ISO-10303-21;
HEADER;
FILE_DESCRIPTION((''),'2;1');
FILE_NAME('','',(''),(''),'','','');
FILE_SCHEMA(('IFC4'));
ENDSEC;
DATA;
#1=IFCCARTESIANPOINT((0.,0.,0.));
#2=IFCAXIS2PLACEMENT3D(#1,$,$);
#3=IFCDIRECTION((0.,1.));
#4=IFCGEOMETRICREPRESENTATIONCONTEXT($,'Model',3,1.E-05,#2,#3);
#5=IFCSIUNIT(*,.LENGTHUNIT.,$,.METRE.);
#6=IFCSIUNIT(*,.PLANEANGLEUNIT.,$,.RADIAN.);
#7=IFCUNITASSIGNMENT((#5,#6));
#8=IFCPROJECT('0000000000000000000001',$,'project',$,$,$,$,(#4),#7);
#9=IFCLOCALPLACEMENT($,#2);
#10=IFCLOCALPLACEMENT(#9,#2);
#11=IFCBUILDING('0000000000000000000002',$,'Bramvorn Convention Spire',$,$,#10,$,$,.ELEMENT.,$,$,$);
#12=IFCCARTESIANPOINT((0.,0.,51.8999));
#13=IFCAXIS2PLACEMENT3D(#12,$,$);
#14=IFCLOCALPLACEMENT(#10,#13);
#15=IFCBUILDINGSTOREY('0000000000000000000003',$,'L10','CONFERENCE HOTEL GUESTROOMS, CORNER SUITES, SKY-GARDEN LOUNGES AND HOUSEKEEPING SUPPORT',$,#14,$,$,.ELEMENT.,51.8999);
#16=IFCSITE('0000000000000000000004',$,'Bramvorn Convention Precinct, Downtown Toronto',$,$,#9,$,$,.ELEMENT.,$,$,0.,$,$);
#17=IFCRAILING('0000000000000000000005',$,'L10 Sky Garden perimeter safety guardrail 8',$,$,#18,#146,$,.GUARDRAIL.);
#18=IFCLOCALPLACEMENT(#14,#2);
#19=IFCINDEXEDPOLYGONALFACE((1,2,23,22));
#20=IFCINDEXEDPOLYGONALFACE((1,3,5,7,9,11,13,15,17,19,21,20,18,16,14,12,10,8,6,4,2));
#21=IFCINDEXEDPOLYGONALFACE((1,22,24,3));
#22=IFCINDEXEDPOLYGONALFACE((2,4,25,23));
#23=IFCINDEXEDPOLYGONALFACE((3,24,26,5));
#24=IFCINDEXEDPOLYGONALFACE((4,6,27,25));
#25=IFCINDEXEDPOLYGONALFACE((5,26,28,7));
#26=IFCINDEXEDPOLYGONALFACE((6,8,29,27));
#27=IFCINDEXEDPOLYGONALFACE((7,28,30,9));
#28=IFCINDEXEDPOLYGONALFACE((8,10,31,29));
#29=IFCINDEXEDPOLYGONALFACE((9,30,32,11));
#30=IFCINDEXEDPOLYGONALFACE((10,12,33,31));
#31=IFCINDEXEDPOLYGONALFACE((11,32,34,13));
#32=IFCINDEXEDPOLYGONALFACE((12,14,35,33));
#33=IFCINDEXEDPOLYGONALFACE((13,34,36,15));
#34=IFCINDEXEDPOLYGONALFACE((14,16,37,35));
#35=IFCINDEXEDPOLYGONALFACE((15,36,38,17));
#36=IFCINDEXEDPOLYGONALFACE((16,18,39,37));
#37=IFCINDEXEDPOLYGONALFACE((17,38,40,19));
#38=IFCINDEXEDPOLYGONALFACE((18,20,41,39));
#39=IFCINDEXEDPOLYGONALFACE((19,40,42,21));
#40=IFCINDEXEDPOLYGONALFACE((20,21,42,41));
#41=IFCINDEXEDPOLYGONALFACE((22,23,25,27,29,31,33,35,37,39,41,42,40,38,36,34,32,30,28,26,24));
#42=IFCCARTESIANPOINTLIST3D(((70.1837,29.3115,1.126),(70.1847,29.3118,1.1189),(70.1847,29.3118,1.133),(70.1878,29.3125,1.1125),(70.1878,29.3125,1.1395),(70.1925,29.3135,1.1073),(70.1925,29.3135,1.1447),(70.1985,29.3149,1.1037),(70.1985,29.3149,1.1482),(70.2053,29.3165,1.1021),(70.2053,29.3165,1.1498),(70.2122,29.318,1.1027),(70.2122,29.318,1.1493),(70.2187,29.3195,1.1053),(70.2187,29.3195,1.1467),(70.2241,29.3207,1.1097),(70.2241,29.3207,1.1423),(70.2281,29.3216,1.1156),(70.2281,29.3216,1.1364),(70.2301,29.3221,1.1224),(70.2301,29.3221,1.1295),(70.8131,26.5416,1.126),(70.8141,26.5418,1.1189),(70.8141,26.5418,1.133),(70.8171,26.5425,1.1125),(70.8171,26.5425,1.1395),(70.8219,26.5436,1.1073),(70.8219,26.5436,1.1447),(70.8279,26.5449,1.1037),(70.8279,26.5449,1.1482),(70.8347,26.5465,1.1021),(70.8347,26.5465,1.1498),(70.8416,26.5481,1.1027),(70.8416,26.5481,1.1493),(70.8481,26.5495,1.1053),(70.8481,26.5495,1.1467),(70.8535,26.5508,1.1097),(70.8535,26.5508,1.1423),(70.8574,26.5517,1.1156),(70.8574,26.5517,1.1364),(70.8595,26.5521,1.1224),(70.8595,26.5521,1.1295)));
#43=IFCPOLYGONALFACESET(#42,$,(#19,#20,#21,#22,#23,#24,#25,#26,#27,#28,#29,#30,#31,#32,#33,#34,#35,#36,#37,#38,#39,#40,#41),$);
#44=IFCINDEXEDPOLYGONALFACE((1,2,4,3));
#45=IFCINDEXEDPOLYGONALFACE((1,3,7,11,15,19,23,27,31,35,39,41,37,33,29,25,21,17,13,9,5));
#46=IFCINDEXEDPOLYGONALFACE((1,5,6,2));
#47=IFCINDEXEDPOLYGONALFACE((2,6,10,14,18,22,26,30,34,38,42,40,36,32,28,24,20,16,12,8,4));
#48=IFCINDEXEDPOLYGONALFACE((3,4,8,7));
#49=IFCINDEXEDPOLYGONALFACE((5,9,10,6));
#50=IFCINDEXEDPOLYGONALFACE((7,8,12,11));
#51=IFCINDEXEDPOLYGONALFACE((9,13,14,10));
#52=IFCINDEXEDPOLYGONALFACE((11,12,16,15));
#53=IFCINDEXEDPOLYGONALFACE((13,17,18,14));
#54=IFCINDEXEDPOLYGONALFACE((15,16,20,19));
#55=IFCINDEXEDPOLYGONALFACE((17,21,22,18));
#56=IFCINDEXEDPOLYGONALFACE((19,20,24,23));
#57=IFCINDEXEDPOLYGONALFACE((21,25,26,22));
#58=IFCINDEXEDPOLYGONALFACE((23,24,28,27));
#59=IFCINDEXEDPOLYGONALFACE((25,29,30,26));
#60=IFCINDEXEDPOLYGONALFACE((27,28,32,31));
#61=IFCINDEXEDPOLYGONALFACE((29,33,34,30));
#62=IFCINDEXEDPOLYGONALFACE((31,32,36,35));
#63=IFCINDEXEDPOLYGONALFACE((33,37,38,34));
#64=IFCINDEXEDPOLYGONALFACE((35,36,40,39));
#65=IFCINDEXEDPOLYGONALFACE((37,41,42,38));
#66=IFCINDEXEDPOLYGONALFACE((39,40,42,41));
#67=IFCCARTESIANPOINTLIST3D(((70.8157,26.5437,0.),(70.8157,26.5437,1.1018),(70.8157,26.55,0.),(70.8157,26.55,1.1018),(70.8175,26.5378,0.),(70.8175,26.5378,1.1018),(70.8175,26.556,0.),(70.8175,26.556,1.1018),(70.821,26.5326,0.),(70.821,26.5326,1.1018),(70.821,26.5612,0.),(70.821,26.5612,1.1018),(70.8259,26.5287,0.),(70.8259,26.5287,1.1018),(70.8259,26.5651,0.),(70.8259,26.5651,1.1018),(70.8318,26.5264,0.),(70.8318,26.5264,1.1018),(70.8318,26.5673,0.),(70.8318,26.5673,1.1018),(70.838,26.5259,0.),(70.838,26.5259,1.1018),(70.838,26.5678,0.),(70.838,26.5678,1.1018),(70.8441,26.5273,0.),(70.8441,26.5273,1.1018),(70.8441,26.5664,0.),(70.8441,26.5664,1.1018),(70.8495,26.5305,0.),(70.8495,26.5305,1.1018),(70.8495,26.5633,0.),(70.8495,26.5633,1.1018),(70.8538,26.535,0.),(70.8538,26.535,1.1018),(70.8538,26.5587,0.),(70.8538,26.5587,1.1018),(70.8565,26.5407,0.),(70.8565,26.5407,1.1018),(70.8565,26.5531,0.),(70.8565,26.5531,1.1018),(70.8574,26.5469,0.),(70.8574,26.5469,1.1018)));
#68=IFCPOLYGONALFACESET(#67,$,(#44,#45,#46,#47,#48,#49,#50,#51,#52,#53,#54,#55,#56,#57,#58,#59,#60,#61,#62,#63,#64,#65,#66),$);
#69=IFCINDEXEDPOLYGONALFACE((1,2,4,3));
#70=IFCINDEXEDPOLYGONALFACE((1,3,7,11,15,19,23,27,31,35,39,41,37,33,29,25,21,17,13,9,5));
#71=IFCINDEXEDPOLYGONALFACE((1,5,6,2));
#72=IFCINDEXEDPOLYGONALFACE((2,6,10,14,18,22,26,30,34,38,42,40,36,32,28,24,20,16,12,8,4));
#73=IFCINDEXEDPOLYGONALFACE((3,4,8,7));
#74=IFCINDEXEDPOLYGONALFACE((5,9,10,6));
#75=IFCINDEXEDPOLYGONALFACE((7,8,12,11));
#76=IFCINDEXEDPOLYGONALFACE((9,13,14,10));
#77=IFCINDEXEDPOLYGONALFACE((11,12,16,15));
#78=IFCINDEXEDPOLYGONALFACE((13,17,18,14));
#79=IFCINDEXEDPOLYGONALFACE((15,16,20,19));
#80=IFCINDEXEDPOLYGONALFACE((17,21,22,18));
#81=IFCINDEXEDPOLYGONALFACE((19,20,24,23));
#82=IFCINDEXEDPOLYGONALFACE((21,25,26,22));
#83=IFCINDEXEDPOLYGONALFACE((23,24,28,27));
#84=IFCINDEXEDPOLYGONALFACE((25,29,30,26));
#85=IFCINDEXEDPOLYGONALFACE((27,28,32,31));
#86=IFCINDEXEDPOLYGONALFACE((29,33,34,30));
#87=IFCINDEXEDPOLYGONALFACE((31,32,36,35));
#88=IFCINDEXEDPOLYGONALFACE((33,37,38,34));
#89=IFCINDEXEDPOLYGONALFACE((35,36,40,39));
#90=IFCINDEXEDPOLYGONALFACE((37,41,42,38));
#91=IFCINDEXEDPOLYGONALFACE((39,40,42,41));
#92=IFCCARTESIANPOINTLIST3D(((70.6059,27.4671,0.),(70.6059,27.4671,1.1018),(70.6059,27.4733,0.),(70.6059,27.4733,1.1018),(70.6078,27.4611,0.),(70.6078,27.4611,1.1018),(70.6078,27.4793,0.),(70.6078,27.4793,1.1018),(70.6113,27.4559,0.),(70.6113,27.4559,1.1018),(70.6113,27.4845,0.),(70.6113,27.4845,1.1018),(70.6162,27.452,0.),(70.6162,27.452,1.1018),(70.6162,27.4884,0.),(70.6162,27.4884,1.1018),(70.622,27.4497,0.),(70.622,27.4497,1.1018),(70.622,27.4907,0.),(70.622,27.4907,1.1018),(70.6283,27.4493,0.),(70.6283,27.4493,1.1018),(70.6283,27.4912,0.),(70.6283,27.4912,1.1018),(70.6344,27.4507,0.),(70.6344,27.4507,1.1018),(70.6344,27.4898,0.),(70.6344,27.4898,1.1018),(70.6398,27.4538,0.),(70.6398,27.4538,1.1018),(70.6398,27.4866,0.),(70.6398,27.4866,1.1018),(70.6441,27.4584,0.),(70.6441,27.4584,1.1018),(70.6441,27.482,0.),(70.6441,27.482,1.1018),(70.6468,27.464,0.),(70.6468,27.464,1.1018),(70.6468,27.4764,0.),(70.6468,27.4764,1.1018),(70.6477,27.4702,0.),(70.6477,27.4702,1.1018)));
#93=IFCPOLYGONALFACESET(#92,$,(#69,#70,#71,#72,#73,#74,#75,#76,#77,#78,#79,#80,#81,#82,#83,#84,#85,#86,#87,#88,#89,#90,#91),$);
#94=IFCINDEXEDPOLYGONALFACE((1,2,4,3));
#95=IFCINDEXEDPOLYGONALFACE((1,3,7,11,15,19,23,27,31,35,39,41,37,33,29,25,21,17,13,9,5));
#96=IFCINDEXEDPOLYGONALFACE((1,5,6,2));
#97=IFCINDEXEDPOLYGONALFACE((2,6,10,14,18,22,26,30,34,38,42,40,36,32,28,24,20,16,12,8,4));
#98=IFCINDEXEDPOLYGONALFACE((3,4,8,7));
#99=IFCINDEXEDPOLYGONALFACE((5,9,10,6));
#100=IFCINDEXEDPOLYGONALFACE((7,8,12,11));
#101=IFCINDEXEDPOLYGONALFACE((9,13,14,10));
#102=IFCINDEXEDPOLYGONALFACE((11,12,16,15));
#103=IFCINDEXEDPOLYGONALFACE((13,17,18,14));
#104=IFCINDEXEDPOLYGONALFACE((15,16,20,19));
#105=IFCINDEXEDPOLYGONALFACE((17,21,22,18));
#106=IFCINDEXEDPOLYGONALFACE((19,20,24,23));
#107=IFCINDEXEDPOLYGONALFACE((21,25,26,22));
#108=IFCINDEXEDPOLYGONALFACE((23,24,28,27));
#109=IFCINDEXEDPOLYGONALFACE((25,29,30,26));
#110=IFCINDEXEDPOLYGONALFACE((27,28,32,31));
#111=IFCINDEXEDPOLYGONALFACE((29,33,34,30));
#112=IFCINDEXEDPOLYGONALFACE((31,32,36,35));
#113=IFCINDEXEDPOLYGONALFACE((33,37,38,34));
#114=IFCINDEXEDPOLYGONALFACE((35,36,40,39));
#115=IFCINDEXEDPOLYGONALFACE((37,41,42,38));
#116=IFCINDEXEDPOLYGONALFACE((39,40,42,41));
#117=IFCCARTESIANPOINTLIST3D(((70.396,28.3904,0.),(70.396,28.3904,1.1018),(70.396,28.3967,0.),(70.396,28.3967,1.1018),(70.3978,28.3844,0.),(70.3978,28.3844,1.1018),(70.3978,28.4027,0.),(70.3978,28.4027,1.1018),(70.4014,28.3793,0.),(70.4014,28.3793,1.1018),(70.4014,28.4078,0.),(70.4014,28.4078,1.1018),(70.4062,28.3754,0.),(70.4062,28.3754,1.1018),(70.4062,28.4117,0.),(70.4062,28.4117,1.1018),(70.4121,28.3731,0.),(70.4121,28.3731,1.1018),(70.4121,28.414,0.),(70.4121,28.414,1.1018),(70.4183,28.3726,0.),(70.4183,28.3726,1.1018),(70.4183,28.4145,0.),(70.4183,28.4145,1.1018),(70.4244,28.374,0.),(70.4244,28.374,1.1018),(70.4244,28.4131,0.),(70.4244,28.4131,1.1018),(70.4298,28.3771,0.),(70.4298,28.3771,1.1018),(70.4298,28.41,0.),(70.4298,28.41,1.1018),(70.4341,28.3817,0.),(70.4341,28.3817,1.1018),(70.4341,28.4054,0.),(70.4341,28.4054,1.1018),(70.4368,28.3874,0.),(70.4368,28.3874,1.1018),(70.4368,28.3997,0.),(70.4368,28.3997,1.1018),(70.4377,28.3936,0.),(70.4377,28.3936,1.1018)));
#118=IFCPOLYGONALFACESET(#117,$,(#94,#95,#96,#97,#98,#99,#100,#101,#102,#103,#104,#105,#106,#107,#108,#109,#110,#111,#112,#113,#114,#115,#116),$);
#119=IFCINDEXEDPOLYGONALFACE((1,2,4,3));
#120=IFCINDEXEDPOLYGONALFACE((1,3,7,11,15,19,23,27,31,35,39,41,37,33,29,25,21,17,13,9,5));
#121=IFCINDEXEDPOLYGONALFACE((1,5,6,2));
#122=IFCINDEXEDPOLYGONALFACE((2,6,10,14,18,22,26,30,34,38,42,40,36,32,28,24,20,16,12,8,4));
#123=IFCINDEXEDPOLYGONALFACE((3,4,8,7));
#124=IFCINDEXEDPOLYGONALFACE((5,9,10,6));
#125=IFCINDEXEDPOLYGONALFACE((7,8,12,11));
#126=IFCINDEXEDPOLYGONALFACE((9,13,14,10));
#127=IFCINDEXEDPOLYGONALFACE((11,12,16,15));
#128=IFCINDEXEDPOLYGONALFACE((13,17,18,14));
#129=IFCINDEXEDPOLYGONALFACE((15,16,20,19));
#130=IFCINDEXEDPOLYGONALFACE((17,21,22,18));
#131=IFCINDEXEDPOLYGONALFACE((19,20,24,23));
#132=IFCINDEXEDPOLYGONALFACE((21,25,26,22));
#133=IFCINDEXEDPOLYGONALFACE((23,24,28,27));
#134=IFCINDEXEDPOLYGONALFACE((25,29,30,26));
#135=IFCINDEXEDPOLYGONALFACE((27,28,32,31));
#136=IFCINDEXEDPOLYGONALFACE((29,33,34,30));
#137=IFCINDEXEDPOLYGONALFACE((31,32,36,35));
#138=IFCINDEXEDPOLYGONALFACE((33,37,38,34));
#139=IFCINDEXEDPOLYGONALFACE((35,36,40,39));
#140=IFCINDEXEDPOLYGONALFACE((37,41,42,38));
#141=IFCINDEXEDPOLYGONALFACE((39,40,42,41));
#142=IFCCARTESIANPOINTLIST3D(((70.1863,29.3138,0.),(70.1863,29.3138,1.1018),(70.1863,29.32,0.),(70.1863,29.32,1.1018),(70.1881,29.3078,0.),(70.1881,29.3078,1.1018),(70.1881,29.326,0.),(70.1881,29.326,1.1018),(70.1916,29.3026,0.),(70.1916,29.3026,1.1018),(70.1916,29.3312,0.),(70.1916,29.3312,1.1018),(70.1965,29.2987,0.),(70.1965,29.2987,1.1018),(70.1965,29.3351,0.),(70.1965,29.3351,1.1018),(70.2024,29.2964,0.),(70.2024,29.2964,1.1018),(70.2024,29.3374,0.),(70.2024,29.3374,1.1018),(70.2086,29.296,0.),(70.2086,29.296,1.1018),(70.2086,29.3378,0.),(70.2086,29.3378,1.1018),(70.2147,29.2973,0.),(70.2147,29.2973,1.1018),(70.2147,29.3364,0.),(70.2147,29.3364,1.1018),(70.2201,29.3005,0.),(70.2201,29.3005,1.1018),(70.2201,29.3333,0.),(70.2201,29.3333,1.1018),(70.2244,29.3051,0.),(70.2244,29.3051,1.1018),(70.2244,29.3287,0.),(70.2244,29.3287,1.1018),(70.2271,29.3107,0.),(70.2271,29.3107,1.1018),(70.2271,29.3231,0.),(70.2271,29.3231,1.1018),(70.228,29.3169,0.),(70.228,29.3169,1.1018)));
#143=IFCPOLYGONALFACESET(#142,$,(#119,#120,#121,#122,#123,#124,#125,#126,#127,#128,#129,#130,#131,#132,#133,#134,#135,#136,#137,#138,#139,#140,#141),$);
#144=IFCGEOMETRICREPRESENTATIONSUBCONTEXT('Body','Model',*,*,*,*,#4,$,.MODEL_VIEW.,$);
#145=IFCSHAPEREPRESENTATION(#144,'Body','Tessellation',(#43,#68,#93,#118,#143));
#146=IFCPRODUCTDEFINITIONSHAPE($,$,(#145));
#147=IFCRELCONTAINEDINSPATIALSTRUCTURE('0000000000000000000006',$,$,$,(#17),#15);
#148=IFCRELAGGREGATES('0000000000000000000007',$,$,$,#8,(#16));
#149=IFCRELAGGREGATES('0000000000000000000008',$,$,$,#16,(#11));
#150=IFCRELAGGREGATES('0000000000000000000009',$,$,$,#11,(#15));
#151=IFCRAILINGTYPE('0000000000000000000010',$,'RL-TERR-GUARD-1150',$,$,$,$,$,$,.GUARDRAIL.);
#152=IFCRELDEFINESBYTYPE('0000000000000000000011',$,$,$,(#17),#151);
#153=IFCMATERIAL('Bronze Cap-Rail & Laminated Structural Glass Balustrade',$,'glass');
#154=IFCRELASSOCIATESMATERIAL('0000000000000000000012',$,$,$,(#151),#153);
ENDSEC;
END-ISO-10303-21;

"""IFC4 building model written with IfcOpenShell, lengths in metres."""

from ifc_helpers import new_model, si_unit, direction, frame, origin, origin_2d, place, context, subcontext, project, spatial, circle, extrude, material, type_object, element, save


model = new_model("IFC4")

# Units and contexts
model_context = context("Model", 3, precision=1e-05, world=origin(), true_north=direction((0.0, 1.0)))
body_context = subcontext(model_context, "Body", "Model", "MODEL_VIEW")
ifc_project = project(units=[si_unit("LENGTHUNIT", "METRE"), si_unit("PLANEANGLEUNIT", "RADIAN")], contexts=[model_context])

# Site, building, storey
site_placement = place(None, origin())
site = spatial("IfcSite", under=ifc_project, at=site_placement, Name="Bramvorn Convention Precinct, Downtown Toronto", CompositionType="ELEMENT", RefElevation=0.0)
building_placement = place(site_placement, origin())
building = spatial("IfcBuilding", under=site, at=building_placement, Name="Bramvorn Convention Spire", CompositionType="ELEMENT")
storey_placement = place(building_placement, frame((0.0, 0.0, 51.8999)))
storey = spatial("IfcBuildingStorey", under=building, at=storey_placement, Name="L10", Description="CONFERENCE HOTEL GUESTROOMS, CORNER SUITES, SKY-GARDEN LOUNGES AND HOUSEKEEPING SUPPORT", CompositionType="ELEMENT", Elevation=51.8999)

# Railing
ifc_material_1 = material(Name="Bronze Cap-Rail & Laminated Structural Glass Balustrade", Category="glass")
railing_type = type_object("IfcRailingType", Name="RL-TERR-GUARD-1150", PredefinedType="GUARDRAIL", material=ifc_material_1)
railing_1_placement = place(storey_placement, frame((70.8364, 26.5469, 0.0)))
element("IfcRailing", 1, at=railing_1_placement, inside=storey, type_object=railing_type, Name="L10 Sky Garden perimeter safety guardrail 8", PredefinedType="GUARDRAIL", context=body_context, shape_type="SweptSolid", body=[
    extrude(circle(Radius=0.0239, at=origin_2d()), frame((0.0, 0.0, 1.126), z_axis=(-0.221569, 0.975145, 0.0), x_axis=(-0.975145, -0.221569, 0.0)), (0.0, 0.0, 1.0), 2.8406),
    extrude(circle(Radius=0.021, at=origin_2d()), origin(), (0.0, 0.0, 1.0), 1.1018),
    extrude(circle(Radius=0.021, at=origin_2d()), frame((-0.2097, 0.9233, 0.0)), (0.0, 0.0, 1.0), 1.1018),
    extrude(circle(Radius=0.021, at=origin_2d()), frame((-0.4197, 1.8467, 0.0)), (0.0, 0.0, 1.0), 1.1018),
    extrude(circle(Radius=0.021, at=origin_2d()), frame((-0.6294, 2.77, 0.0)), (0.0, 0.0, 1.0), 1.1018),
])

save(model, "model.ifc")
